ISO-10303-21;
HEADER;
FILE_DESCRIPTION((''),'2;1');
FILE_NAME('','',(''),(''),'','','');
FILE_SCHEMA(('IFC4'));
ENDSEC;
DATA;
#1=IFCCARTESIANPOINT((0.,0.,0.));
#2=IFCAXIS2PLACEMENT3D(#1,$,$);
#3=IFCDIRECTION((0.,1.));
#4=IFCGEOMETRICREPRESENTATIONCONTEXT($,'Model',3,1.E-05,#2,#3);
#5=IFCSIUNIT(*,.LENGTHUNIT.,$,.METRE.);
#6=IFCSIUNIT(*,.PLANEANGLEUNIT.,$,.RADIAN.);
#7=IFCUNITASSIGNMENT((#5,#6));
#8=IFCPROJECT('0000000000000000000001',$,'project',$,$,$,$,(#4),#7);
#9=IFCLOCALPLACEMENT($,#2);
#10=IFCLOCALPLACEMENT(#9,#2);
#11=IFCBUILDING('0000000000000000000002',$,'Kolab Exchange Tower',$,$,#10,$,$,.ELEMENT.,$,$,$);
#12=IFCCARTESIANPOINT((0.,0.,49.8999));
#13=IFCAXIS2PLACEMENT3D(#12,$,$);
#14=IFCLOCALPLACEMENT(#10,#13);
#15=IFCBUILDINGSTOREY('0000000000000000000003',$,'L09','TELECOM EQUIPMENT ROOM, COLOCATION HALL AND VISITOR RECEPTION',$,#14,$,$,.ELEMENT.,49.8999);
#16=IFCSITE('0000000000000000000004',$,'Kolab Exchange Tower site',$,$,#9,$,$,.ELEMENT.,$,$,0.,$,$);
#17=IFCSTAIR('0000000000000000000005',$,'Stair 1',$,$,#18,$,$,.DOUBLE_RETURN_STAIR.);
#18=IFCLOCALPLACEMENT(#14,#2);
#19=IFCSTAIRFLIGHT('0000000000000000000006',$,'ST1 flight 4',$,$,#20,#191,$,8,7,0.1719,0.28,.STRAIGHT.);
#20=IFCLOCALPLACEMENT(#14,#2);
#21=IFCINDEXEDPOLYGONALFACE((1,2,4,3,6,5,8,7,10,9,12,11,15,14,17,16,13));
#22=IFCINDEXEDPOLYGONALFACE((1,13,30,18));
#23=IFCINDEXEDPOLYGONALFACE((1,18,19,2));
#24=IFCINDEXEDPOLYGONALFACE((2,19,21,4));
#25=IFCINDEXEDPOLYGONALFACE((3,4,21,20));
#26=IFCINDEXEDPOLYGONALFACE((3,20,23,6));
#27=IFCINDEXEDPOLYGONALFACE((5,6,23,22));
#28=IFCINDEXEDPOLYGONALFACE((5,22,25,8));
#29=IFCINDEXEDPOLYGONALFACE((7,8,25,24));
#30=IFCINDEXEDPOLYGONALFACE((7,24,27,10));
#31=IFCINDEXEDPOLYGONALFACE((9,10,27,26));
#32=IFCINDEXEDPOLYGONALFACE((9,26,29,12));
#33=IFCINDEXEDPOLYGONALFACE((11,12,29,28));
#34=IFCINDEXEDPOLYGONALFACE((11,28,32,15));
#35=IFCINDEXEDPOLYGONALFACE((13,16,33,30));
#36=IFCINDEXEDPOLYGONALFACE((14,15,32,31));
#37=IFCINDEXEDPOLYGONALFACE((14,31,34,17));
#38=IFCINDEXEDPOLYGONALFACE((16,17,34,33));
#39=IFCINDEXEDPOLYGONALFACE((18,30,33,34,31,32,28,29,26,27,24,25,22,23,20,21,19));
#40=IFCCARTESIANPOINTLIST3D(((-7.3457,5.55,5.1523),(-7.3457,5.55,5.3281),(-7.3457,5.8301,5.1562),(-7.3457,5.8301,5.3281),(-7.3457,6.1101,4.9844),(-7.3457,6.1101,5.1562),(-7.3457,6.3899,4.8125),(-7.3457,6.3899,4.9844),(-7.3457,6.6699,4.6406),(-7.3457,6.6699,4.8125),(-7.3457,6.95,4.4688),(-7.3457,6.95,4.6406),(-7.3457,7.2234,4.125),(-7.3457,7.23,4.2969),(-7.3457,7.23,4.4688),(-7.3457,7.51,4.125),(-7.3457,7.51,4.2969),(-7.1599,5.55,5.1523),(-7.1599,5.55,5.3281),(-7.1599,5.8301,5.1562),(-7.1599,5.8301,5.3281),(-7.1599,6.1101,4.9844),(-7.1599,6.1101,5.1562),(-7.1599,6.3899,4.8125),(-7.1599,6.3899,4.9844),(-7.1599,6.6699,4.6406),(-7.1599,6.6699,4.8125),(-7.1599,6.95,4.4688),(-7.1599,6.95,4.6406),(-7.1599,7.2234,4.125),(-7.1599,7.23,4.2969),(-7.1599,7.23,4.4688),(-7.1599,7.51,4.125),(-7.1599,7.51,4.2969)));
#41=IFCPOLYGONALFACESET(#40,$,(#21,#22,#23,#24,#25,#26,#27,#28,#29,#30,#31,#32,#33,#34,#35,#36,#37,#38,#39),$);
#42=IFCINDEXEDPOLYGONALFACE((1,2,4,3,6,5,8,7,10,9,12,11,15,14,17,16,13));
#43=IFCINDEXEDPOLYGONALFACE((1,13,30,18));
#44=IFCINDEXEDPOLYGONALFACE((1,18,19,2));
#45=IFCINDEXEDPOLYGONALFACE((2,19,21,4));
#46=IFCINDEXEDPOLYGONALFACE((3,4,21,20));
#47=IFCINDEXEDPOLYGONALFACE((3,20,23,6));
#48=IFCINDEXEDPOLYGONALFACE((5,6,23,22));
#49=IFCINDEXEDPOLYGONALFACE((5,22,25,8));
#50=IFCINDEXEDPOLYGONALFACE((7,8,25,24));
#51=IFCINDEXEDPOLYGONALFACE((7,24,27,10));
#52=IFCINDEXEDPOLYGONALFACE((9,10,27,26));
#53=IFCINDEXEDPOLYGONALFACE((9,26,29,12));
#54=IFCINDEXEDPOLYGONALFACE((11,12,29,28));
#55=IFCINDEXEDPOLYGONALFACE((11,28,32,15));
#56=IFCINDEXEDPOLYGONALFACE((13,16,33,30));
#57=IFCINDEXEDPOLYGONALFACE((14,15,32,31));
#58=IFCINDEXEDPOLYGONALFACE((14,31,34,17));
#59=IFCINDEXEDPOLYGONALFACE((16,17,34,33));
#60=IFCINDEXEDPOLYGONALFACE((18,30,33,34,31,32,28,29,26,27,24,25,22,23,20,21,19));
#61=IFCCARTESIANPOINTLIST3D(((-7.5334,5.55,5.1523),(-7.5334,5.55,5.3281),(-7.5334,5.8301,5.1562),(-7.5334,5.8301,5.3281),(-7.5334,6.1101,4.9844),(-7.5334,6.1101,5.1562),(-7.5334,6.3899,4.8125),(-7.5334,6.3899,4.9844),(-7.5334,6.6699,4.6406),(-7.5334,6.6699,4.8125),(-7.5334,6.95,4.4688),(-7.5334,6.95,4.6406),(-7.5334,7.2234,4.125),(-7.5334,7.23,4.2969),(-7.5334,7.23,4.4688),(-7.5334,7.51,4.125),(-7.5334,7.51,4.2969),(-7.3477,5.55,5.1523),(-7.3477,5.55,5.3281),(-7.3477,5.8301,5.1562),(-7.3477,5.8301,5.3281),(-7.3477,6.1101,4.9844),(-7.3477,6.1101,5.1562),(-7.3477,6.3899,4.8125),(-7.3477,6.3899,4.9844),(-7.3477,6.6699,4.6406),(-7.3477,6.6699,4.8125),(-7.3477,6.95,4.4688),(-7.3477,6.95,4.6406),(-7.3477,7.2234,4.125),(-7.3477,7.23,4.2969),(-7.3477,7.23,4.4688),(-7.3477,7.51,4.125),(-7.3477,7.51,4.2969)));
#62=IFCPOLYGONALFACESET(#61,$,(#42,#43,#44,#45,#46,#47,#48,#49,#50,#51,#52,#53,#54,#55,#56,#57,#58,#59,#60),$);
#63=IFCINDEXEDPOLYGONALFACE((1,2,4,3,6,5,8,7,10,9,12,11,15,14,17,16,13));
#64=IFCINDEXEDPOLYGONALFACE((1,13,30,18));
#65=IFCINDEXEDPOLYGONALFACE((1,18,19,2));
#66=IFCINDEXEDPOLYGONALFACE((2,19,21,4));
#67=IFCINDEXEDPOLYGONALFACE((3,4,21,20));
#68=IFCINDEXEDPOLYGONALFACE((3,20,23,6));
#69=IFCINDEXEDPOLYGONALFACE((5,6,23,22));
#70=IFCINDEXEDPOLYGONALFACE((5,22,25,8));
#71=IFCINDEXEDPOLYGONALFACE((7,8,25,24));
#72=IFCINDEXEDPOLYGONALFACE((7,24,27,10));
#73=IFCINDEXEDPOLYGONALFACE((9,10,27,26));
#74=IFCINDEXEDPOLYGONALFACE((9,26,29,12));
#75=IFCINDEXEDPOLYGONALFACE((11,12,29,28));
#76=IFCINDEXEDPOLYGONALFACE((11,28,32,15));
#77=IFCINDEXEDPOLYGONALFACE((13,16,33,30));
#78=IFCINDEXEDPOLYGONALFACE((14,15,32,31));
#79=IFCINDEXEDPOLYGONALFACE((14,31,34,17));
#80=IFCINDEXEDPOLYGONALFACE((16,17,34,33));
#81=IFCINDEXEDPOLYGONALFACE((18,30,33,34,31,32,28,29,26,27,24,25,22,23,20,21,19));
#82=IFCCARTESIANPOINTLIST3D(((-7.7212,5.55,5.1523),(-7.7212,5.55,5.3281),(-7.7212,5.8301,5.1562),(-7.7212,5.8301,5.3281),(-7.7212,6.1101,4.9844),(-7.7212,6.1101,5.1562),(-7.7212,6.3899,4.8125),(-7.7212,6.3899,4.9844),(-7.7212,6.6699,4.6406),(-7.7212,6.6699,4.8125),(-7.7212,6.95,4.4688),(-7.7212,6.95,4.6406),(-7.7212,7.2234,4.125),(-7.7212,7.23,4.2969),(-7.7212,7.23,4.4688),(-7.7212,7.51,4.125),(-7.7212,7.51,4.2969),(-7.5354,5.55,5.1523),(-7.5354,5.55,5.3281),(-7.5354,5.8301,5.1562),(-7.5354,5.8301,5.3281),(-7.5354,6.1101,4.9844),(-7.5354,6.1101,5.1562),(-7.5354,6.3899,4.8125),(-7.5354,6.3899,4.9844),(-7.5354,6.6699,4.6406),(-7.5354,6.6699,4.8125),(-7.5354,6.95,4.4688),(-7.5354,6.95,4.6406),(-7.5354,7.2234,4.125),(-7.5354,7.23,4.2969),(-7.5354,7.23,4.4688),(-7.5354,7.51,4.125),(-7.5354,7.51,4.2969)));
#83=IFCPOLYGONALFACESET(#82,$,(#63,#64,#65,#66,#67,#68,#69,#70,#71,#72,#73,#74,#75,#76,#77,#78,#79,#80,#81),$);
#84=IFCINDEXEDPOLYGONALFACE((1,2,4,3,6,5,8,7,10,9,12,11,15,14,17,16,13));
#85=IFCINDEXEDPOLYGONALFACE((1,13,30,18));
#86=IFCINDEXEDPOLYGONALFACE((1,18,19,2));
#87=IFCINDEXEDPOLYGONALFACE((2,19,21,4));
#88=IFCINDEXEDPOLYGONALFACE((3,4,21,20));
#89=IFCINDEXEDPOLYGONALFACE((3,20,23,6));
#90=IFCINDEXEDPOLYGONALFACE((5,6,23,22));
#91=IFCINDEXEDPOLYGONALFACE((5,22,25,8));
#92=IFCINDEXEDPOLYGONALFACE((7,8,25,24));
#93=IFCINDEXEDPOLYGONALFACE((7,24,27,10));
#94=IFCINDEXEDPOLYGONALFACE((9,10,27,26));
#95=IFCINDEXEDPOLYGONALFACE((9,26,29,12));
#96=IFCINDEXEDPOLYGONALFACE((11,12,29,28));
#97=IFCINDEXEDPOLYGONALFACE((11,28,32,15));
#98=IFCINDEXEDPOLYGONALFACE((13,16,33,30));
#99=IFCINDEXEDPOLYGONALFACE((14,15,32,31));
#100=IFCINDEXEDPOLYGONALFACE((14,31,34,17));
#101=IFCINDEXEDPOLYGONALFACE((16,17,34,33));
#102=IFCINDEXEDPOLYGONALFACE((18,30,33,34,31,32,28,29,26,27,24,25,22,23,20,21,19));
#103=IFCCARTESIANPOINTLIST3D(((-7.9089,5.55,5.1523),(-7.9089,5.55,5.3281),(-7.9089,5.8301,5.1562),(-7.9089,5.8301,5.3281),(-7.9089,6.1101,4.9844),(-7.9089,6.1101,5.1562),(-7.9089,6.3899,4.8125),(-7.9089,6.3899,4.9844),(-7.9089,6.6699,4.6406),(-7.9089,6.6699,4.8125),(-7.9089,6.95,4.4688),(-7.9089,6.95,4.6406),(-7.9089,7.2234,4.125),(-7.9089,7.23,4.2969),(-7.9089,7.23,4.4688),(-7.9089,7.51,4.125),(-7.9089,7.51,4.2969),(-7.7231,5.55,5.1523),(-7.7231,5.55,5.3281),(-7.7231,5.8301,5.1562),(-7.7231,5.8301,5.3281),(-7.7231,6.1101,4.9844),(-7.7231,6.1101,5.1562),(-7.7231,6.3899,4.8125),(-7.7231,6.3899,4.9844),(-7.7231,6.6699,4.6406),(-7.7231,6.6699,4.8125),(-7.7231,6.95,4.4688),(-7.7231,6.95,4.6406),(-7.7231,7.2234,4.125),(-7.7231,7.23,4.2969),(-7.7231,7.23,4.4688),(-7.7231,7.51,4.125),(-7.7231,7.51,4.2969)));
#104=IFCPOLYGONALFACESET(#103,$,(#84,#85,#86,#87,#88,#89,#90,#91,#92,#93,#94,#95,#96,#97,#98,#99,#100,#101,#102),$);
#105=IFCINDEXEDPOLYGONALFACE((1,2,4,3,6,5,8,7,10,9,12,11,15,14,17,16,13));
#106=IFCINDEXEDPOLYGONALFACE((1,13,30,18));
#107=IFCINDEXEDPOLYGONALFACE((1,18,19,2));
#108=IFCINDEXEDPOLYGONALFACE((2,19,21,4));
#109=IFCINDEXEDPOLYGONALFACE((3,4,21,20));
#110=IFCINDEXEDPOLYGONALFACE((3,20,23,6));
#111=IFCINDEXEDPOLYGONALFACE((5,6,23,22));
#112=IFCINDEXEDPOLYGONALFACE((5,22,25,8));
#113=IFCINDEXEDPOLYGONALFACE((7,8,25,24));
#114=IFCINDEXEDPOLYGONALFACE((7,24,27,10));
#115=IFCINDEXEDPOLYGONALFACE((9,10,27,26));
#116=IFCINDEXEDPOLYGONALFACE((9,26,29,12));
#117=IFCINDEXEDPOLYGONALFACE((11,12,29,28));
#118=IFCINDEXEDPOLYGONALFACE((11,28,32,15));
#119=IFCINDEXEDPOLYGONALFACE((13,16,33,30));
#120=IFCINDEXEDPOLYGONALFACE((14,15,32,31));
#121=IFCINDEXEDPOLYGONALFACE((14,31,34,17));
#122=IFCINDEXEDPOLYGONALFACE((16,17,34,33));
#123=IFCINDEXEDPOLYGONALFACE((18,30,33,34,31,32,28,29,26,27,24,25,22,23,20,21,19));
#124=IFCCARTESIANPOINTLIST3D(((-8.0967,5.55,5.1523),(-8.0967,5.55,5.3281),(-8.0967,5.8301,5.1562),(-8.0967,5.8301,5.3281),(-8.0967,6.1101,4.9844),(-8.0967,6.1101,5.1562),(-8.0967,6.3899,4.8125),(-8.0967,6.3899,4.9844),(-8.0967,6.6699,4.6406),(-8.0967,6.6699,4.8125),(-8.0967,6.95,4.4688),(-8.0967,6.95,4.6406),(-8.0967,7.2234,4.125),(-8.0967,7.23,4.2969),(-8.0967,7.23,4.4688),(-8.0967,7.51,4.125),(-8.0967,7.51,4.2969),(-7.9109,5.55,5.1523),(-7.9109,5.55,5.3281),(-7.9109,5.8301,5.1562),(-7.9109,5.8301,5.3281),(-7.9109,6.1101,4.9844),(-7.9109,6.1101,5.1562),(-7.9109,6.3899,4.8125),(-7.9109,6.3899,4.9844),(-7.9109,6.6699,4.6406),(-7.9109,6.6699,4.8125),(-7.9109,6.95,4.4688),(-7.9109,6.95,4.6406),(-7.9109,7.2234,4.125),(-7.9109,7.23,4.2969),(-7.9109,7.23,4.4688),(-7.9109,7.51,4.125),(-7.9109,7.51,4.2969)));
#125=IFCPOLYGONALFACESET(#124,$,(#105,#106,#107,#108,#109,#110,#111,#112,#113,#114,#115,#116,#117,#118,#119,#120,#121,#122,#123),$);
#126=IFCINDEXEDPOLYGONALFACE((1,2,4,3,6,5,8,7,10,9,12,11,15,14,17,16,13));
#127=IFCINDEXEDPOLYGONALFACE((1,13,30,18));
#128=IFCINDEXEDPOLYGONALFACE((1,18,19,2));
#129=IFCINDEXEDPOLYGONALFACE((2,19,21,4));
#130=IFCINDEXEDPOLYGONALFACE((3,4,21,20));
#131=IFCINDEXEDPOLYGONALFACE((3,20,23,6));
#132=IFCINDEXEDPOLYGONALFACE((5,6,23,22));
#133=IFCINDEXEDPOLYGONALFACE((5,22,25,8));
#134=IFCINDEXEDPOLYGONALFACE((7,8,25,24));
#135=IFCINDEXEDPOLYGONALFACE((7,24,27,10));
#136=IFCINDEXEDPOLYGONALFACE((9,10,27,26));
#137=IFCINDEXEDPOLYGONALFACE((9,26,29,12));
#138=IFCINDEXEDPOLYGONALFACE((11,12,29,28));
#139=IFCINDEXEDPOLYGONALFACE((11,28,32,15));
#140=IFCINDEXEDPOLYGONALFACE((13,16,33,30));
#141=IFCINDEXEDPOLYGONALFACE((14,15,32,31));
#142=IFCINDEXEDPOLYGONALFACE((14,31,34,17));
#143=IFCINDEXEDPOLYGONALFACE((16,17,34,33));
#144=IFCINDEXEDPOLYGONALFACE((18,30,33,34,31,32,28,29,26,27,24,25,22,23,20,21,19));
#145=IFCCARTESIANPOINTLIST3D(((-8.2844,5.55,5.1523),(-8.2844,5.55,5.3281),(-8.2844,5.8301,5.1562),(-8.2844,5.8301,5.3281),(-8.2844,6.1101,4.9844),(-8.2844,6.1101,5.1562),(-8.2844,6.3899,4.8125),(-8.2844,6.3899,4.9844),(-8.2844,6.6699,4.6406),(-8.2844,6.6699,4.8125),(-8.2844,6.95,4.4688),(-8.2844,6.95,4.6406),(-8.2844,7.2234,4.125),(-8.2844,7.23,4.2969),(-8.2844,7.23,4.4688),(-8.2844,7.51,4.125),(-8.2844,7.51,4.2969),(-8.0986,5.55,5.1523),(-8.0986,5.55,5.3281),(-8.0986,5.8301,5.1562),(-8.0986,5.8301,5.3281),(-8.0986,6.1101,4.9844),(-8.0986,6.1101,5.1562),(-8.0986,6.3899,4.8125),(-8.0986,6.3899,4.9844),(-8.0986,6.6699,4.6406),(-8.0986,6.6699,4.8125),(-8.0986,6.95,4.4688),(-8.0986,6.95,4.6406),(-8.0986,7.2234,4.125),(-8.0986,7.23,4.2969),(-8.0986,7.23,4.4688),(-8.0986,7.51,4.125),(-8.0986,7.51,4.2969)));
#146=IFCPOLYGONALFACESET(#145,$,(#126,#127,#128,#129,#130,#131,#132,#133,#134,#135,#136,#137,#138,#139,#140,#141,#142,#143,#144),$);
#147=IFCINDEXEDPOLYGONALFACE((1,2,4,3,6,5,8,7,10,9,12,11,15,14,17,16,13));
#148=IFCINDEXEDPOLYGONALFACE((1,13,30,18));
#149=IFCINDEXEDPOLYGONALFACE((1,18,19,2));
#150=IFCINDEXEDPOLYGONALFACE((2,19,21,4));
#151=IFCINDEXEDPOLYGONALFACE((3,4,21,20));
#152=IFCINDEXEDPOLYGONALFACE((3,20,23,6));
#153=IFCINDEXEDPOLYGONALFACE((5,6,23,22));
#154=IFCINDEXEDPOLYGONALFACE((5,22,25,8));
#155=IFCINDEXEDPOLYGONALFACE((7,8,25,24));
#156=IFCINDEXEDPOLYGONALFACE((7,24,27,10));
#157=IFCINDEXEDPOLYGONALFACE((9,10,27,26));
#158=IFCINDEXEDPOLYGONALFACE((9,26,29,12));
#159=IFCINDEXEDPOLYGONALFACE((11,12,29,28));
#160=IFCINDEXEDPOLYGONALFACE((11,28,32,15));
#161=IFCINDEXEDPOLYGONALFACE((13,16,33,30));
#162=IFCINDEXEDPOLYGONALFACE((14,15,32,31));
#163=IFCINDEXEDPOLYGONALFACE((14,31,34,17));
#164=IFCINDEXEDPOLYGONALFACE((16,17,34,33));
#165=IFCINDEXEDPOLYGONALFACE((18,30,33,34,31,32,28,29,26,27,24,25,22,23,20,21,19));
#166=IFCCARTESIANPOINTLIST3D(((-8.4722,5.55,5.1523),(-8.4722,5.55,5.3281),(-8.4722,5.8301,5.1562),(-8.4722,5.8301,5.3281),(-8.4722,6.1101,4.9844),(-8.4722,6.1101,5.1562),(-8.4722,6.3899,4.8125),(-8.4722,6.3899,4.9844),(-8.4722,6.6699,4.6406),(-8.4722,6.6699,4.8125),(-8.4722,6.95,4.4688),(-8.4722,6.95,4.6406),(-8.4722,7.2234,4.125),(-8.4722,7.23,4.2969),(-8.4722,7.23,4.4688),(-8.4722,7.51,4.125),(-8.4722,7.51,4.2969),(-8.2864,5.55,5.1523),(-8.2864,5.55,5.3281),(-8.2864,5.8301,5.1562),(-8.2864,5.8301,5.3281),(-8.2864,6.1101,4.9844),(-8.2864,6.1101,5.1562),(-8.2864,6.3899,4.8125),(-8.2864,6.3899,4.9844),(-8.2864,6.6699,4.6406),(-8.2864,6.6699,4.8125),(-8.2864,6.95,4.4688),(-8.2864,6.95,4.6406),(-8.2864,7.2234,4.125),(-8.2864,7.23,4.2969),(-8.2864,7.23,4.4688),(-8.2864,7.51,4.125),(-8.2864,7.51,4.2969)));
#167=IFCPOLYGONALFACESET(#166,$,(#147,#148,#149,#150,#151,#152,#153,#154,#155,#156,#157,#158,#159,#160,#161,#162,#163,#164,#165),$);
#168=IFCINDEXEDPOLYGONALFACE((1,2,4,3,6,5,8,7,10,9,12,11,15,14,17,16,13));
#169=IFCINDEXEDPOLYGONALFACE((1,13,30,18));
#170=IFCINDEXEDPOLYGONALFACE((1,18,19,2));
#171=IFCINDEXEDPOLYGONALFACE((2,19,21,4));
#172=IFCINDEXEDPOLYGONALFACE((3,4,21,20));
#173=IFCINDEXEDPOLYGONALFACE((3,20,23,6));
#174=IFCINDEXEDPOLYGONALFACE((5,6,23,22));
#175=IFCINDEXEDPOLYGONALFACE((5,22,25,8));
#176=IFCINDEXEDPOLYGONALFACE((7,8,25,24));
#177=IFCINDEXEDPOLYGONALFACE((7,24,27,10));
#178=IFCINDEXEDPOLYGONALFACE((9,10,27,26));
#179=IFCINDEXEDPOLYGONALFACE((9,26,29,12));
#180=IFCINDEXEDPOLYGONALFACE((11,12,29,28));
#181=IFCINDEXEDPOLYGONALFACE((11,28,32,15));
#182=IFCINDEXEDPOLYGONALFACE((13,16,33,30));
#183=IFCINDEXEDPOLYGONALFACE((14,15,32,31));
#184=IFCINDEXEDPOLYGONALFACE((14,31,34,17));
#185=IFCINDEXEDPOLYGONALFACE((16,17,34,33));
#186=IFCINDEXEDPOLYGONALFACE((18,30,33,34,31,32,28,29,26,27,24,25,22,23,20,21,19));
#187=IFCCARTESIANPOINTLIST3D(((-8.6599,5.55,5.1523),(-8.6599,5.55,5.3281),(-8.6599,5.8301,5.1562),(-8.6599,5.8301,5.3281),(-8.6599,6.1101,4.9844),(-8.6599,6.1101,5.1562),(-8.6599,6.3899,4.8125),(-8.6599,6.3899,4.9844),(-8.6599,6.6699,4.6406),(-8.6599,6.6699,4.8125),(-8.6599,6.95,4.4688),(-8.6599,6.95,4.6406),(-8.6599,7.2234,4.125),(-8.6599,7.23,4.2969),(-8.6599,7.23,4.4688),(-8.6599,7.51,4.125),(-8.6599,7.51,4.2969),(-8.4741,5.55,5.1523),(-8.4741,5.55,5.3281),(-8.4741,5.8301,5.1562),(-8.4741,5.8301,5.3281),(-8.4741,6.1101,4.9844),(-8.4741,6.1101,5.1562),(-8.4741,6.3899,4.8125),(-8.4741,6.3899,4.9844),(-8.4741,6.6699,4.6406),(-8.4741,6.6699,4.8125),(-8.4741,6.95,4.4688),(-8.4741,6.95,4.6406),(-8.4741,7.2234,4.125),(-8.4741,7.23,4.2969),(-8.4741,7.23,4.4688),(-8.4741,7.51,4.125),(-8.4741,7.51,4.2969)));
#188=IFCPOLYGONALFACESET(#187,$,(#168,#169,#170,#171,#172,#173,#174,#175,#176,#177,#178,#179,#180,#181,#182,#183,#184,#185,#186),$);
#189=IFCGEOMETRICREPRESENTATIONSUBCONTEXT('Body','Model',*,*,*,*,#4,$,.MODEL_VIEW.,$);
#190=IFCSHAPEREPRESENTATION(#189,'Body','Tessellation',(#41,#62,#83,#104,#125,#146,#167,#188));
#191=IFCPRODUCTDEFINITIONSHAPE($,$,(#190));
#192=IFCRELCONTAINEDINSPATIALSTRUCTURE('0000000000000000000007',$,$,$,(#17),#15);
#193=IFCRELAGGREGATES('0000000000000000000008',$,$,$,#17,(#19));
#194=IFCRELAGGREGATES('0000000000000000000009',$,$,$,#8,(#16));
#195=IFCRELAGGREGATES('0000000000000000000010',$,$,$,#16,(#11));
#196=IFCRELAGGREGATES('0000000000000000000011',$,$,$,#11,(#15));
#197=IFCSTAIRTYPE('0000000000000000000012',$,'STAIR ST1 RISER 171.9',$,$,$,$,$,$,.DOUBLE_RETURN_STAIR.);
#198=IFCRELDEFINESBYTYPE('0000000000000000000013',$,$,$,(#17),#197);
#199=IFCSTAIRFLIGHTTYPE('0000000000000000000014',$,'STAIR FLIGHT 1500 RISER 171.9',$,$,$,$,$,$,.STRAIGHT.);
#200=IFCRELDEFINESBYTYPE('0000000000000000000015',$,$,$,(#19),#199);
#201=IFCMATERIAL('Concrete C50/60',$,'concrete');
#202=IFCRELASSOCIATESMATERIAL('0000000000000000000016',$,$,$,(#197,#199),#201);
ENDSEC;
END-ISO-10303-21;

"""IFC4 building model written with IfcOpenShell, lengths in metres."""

from ifc_helpers import new_model, si_unit, direction, frame, origin, place, context, subcontext, project, spatial, polyline, outline, extrude, material, type_object, element, aggregate, save


model = new_model("IFC4")

# Units and contexts
model_context = context("Model", 3, precision=1e-05, world=origin(), true_north=direction((0.0, 1.0)))
body_context = subcontext(model_context, "Body", "Model", "MODEL_VIEW")
ifc_project = project(units=[si_unit("LENGTHUNIT", "METRE"), si_unit("PLANEANGLEUNIT", "RADIAN")], contexts=[model_context])

# Site, building, storey
site_placement = place(None, origin())
site = spatial("IfcSite", under=ifc_project, at=site_placement, Name="Kolab Exchange Tower site", CompositionType="ELEMENT", RefElevation=0.0)
building_placement = place(site_placement, origin())
building = spatial("IfcBuilding", under=site, at=building_placement, Name="Kolab Exchange Tower", CompositionType="ELEMENT")
storey_placement = place(building_placement, frame((0.0, 0.0, 49.8999)))
storey = spatial("IfcBuildingStorey", under=building, at=storey_placement, Name="L09", Description="TELECOM EQUIPMENT ROOM, COLOCATION HALL AND VISITOR RECEPTION", CompositionType="ELEMENT", Elevation=49.8999)

# Shared definitions
ifc_material_1 = material(Name="Concrete C50/60", Category="concrete")

# Stair, stair flight
stair_type = type_object("IfcStairType", Name="STAIR ST1 RISER 171.9", PredefinedType="DOUBLE_RETURN_STAIR", material=ifc_material_1)
stair_placement = place(storey_placement, origin())
stair = element("IfcStair", 1, at=stair_placement, inside=storey, type_object=stair_type, Name="Stair 1", PredefinedType="DOUBLE_RETURN_STAIR")
stair_flight_type = type_object("IfcStairFlightType", Name="STAIR FLIGHT 1500 RISER 171.9", PredefinedType="STRAIGHT", material=ifc_material_1)
stair_flight_1_placement = place(storey_placement, frame((-7.9099, 7.51, 4.125), z_axis=(0.0, 0.0, 1.0), x_axis=(0.0, -1.0, 0.0)))
stair_flight_1 = element("IfcStairFlight", 2, at=stair_flight_1_placement, type_object=stair_flight_type, Name="ST1 flight 4", NumberOfRisers=8, NumberOfTreads=7, PredefinedType="STRAIGHT", RiserHeight=0.1719, TreadLength=0.28, context=body_context, shape_type="SweptSolid", body=[
    extrude(outline(polyline([(0.0, 0.0), (0.0, 0.1719), (0.28, 0.1719), (0.28, 0.3438), (0.5601, 0.3438), (0.5601, 0.5156), (0.8401, 0.5156), (0.8401, 0.6875), (1.1201, 0.6875), (1.1201, 0.8594), (1.3999, 0.8594), (1.3999, 1.0312), (1.6799, 1.0312), (1.6799, 1.2031), (1.96, 1.2031), (1.96, 1.375), (1.96, 1.0273), (0.2866, 0.0), (0.0, 0.0)])), frame((0.0, 0.75, 0.0), z_axis=(0.0, -1.0, 0.0), x_axis=(1.0, 0.0, 0.0)), (0.0, 0.0, 1.0), 0.1858),
    extrude(outline(polyline([(0.0, 0.0), (0.0, 0.1719), (0.28, 0.1719), (0.28, 0.3438), (0.5601, 0.3438), (0.5601, 0.5156), (0.8401, 0.5156), (0.8401, 0.6875), (1.1201, 0.6875), (1.1201, 0.8594), (1.3999, 0.8594), (1.3999, 1.0312), (1.6799, 1.0312), (1.6799, 1.2031), (1.96, 1.2031), (1.96, 1.375), (1.96, 1.0273), (0.2866, 0.0), (0.0, 0.0)])), frame((0.0, 0.5623, 0.0), z_axis=(0.0, -1.0, 0.0), x_axis=(1.0, 0.0, 0.0)), (0.0, 0.0, 1.0), 0.1858),
    extrude(outline(polyline([(0.0, 0.0), (0.0, 0.1719), (0.28, 0.1719), (0.28, 0.3438), (0.5601, 0.3438), (0.5601, 0.5156), (0.8401, 0.5156), (0.8401, 0.6875), (1.1201, 0.6875), (1.1201, 0.8594), (1.3999, 0.8594), (1.3999, 1.0312), (1.6799, 1.0312), (1.6799, 1.2031), (1.96, 1.2031), (1.96, 1.375), (1.96, 1.0273), (0.2866, 0.0), (0.0, 0.0)])), frame((0.0, 0.3745, 0.0), z_axis=(0.0, -1.0, 0.0), x_axis=(1.0, 0.0, 0.0)), (0.0, 0.0, 1.0), 0.1858),
    extrude(outline(polyline([(0.0, 0.0), (0.0, 0.1719), (0.28, 0.1719), (0.28, 0.3438), (0.5601, 0.3438), (0.5601, 0.5156), (0.8401, 0.5156), (0.8401, 0.6875), (1.1201, 0.6875), (1.1201, 0.8594), (1.3999, 0.8594), (1.3999, 1.0312), (1.6799, 1.0312), (1.6799, 1.2031), (1.96, 1.2031), (1.96, 1.375), (1.96, 1.0273), (0.2866, 0.0), (0.0, 0.0)])), frame((0.0, 0.1868, 0.0), z_axis=(0.0, -1.0, 0.0), x_axis=(1.0, 0.0, 0.0)), (0.0, 0.0, 1.0), 0.1858),
    extrude(outline(polyline([(0.0, 0.0), (0.0, 0.1719), (0.28, 0.1719), (0.28, 0.3438), (0.5601, 0.3438), (0.5601, 0.5156), (0.8401, 0.5156), (0.8401, 0.6875), (1.1201, 0.6875), (1.1201, 0.8594), (1.3999, 0.8594), (1.3999, 1.0312), (1.6799, 1.0312), (1.6799, 1.2031), (1.96, 1.2031), (1.96, 1.375), (1.96, 1.0273), (0.2866, 0.0), (0.0, 0.0)])), frame((0.0, -0.001, 0.0), z_axis=(0.0, -1.0, 0.0), x_axis=(1.0, 0.0, 0.0)), (0.0, 0.0, 1.0), 0.1858),
    extrude(outline(polyline([(0.0, 0.0), (0.0, 0.1719), (0.28, 0.1719), (0.28, 0.3438), (0.5601, 0.3438), (0.5601, 0.5156), (0.8401, 0.5156), (0.8401, 0.6875), (1.1201, 0.6875), (1.1201, 0.8594), (1.3999, 0.8594), (1.3999, 1.0312), (1.6799, 1.0312), (1.6799, 1.2031), (1.96, 1.2031), (1.96, 1.375), (1.96, 1.0273), (0.2866, 0.0), (0.0, 0.0)])), frame((0.0, -0.1887, 0.0), z_axis=(0.0, -1.0, 0.0), x_axis=(1.0, 0.0, 0.0)), (0.0, 0.0, 1.0), 0.1858),
    extrude(outline(polyline([(0.0, 0.0), (0.0, 0.1719), (0.28, 0.1719), (0.28, 0.3438), (0.5601, 0.3438), (0.5601, 0.5156), (0.8401, 0.5156), (0.8401, 0.6875), (1.1201, 0.6875), (1.1201, 0.8594), (1.3999, 0.8594), (1.3999, 1.0312), (1.6799, 1.0312), (1.6799, 1.2031), (1.96, 1.2031), (1.96, 1.375), (1.96, 1.0273), (0.2866, 0.0), (0.0, 0.0)])), frame((0.0, -0.3765, 0.0), z_axis=(0.0, -1.0, 0.0), x_axis=(1.0, 0.0, 0.0)), (0.0, 0.0, 1.0), 0.1858),
    extrude(outline(polyline([(0.0, 0.0), (0.0, 0.1719), (0.28, 0.1719), (0.28, 0.3438), (0.5601, 0.3438), (0.5601, 0.5156), (0.8401, 0.5156), (0.8401, 0.6875), (1.1201, 0.6875), (1.1201, 0.8594), (1.3999, 0.8594), (1.3999, 1.0312), (1.6799, 1.0312), (1.6799, 1.2031), (1.96, 1.2031), (1.96, 1.375), (1.96, 1.0273), (0.2866, 0.0), (0.0, 0.0)])), frame((0.0, -0.5642, 0.0), z_axis=(0.0, -1.0, 0.0), x_axis=(1.0, 0.0, 0.0)), (0.0, 0.0, 1.0), 0.1858),
])
aggregate(stair, [stair_flight_1])

save(model, "model.ifc")
